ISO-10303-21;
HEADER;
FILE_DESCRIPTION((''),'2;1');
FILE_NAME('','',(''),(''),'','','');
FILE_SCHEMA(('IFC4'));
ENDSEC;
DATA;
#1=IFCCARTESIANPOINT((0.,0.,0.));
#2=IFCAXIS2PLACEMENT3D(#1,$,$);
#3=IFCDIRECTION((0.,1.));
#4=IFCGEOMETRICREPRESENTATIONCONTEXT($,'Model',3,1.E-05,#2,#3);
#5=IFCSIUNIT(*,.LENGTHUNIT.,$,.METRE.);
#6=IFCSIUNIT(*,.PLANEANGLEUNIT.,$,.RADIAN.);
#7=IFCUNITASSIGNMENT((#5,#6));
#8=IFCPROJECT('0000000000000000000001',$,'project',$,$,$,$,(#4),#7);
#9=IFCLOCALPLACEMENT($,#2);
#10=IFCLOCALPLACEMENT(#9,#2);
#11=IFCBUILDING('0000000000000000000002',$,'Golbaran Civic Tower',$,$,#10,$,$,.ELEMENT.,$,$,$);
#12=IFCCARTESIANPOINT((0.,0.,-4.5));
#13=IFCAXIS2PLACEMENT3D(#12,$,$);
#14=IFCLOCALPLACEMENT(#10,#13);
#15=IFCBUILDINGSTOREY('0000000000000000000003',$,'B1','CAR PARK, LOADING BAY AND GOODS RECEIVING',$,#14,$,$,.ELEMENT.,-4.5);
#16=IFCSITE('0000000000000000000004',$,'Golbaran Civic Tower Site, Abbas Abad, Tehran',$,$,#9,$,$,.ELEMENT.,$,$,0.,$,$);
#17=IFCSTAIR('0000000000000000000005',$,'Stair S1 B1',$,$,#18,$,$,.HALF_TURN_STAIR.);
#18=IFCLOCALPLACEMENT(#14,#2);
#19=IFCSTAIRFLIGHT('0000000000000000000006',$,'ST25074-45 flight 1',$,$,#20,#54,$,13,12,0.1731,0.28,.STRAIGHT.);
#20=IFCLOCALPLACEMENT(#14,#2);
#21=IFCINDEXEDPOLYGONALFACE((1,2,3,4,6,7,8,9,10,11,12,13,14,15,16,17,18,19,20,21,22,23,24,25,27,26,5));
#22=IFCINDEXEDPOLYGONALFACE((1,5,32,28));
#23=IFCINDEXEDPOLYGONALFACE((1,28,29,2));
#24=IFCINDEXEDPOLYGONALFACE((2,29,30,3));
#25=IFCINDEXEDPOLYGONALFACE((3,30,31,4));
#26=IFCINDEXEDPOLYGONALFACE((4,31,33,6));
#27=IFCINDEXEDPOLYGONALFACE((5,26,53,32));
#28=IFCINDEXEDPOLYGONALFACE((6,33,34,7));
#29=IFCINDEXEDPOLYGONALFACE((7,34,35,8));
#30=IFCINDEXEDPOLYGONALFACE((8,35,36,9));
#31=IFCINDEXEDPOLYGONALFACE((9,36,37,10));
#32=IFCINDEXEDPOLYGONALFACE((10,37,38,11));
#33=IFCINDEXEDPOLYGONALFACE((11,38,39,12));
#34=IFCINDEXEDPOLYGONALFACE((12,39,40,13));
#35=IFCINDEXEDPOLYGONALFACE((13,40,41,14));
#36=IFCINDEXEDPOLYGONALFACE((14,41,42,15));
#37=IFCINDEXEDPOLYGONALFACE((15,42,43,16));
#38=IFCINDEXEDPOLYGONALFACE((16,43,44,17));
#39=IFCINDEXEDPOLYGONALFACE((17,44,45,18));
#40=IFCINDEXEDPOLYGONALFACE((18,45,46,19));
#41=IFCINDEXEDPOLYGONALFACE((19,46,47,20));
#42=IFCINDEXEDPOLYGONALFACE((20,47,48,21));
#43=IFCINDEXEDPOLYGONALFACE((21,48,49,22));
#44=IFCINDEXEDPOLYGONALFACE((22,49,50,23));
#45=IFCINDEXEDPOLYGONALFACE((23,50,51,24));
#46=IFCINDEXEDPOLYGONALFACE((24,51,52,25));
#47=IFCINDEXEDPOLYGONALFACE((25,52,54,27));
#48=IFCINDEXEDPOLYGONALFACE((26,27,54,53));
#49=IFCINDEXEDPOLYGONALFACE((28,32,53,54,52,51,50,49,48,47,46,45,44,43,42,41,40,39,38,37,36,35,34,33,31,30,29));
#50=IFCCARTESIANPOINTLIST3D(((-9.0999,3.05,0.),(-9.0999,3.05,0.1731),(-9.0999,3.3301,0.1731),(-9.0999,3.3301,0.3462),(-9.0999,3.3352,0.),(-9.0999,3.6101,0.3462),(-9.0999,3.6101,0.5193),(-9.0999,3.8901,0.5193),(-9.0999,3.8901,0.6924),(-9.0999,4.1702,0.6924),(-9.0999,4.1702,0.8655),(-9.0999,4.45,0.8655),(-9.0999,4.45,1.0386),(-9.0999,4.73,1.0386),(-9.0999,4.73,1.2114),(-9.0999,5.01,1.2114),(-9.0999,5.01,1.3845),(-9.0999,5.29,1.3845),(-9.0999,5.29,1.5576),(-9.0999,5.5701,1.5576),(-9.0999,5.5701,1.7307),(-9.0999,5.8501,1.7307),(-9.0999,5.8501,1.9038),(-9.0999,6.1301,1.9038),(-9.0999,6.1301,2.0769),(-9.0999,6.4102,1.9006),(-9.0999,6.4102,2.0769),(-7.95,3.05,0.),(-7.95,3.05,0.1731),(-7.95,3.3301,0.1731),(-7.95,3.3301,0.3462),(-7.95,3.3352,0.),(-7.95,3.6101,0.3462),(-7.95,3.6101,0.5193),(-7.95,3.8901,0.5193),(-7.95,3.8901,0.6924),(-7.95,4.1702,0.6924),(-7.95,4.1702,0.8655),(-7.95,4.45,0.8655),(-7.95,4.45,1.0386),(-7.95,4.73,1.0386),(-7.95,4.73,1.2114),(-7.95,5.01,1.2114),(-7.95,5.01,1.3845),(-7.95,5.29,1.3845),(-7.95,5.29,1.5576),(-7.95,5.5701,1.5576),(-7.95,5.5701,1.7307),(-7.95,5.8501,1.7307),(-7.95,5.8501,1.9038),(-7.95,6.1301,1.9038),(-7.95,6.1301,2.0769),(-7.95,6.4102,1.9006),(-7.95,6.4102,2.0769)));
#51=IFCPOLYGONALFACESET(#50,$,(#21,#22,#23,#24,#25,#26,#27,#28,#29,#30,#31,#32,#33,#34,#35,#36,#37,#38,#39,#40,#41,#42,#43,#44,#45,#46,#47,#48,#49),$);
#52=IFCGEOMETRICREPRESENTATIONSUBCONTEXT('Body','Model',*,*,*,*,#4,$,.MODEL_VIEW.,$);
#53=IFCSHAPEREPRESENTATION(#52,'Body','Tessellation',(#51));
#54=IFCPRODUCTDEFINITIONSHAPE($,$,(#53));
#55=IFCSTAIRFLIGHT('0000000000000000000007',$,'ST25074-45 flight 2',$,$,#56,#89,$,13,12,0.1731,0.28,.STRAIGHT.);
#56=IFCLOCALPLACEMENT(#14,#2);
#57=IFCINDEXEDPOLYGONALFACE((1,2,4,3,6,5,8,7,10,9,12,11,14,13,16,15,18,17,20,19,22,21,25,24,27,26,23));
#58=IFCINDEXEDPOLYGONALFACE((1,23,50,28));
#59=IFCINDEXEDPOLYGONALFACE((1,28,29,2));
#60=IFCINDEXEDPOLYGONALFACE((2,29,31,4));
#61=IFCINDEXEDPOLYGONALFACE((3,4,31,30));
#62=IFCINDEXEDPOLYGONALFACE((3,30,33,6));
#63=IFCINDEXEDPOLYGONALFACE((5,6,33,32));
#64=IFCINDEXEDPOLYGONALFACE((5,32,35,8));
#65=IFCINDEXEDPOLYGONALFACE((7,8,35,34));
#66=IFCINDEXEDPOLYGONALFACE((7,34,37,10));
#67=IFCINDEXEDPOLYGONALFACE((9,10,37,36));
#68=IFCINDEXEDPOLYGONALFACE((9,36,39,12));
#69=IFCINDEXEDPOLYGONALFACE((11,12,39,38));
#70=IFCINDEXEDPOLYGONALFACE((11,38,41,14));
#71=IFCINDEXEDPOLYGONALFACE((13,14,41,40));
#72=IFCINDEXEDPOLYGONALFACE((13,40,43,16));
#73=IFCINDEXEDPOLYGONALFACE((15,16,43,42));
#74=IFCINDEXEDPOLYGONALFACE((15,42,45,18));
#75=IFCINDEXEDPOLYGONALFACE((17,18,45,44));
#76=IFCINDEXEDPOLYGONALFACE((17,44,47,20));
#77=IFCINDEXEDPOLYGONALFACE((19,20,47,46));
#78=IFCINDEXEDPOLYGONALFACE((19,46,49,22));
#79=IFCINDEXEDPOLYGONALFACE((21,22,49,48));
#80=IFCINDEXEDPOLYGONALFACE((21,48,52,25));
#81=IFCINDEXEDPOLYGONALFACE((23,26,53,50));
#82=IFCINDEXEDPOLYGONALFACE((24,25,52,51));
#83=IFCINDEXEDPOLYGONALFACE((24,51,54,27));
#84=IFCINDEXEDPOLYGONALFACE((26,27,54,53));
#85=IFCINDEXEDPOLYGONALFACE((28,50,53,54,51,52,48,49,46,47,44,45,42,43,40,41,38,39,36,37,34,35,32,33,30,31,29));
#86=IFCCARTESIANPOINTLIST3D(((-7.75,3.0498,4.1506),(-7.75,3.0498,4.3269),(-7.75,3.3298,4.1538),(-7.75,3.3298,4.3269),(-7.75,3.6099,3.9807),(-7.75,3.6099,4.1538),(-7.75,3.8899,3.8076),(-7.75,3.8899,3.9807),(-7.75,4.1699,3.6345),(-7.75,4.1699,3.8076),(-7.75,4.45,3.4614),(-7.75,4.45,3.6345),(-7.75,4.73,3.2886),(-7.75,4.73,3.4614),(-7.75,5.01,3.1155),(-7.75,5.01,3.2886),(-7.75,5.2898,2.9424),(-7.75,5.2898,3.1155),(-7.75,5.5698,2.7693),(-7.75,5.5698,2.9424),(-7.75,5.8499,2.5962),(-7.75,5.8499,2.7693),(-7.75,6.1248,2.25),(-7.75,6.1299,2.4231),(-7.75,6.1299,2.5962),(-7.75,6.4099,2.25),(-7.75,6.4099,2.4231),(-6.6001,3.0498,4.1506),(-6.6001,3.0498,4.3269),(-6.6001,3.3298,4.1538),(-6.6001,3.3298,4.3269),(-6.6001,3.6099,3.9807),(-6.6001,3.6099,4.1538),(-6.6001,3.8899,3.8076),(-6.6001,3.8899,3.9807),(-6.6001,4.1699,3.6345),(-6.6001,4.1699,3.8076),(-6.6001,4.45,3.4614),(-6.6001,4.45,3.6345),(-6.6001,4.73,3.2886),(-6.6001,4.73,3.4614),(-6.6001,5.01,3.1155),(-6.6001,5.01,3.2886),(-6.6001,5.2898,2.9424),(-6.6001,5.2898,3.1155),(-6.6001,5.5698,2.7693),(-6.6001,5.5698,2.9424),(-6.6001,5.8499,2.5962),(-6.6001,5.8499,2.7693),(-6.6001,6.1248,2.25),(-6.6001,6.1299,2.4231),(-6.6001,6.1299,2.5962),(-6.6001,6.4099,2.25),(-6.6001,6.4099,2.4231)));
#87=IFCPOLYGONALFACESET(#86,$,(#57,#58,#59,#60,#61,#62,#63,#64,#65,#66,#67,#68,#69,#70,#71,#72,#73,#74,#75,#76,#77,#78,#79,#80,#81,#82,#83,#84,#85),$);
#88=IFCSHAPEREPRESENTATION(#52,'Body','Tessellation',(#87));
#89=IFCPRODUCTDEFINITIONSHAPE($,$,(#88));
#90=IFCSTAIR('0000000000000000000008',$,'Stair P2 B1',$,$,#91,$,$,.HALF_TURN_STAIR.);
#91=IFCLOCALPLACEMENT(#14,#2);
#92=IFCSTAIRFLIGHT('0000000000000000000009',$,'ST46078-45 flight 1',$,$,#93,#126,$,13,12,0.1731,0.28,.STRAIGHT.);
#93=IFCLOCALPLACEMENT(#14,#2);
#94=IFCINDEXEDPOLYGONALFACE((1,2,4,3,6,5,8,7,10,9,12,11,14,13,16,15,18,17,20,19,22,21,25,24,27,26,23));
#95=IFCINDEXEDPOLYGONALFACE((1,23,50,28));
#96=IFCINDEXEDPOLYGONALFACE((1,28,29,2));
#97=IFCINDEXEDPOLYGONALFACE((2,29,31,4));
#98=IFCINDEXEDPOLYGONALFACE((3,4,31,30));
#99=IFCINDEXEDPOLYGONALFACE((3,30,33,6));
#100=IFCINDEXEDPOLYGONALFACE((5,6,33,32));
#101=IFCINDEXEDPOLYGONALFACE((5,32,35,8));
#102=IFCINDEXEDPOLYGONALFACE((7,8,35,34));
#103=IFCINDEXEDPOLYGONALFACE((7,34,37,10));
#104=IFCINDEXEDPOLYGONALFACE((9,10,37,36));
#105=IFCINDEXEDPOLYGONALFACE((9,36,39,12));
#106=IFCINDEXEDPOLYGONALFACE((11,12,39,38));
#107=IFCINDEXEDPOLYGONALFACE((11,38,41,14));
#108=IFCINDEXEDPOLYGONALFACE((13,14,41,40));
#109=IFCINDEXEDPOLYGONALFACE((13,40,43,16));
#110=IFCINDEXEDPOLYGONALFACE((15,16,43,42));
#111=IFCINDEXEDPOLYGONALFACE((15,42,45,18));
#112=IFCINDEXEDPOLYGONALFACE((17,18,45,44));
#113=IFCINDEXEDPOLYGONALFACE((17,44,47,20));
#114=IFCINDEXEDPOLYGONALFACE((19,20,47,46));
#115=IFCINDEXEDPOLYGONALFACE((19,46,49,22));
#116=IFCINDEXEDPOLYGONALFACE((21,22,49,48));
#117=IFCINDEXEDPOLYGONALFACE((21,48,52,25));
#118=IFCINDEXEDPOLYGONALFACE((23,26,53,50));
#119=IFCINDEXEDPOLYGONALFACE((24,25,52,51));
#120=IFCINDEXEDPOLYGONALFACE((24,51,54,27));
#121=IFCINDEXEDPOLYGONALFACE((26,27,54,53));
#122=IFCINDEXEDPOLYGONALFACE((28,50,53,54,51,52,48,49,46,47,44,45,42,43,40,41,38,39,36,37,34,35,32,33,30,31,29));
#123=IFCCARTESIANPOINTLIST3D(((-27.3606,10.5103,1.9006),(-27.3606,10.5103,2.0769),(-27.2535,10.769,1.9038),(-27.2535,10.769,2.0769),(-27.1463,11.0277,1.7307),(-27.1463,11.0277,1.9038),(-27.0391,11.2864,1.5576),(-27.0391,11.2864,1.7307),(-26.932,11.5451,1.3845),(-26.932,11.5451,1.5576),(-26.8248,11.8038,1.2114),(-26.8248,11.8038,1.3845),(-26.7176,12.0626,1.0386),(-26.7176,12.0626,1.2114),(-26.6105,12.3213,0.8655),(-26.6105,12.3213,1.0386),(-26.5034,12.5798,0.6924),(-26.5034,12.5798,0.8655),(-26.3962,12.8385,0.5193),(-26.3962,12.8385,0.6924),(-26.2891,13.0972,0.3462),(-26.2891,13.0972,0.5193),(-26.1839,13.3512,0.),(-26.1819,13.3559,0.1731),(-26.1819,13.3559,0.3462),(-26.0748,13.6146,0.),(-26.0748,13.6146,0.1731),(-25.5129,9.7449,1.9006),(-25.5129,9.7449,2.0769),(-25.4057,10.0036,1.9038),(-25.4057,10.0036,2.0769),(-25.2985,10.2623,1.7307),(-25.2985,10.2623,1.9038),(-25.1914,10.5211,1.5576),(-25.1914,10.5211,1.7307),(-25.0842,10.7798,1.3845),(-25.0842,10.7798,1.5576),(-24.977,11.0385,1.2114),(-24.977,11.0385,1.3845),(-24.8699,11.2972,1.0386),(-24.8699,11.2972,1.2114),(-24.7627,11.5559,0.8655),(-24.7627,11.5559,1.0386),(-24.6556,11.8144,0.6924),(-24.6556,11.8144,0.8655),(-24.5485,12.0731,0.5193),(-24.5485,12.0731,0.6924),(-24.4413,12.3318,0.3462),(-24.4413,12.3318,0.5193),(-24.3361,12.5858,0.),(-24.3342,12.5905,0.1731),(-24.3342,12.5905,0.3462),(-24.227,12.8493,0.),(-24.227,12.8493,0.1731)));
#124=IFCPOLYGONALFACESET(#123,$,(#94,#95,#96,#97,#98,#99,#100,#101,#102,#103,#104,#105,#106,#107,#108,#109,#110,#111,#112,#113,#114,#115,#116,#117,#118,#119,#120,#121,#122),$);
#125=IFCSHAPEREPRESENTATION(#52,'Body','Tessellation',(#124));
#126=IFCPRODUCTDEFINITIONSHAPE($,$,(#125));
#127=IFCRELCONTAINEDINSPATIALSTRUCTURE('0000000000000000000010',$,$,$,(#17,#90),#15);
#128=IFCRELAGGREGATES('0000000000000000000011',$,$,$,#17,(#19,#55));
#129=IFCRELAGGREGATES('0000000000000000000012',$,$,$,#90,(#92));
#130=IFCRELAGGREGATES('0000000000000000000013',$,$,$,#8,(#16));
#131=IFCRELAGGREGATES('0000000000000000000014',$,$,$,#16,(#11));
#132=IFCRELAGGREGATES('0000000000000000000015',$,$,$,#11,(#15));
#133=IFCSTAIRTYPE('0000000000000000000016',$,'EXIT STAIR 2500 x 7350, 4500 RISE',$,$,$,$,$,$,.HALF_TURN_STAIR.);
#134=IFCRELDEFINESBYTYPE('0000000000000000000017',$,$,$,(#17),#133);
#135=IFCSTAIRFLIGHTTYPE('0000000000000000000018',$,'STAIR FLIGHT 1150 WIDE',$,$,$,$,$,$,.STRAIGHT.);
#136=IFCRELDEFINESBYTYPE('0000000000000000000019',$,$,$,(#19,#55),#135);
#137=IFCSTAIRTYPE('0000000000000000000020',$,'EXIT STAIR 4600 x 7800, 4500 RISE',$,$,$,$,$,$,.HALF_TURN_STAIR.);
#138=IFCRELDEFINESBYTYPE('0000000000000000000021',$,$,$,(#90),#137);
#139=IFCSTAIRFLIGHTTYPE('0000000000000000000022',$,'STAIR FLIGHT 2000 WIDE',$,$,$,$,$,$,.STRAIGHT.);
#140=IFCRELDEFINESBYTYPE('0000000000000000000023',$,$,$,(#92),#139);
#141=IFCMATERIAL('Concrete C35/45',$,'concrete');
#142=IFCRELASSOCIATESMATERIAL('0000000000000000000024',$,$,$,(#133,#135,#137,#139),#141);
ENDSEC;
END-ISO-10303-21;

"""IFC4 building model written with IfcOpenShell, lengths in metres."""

from ifc_helpers import new_model, si_unit, direction, frame, origin, place, context, subcontext, project, spatial, polyline, outline, extrude, material, type_object, element, aggregate, save


model = new_model("IFC4")

# Units and contexts
model_context = context("Model", 3, precision=1e-05, world=origin(), true_north=direction((0.0, 1.0)))
body_context = subcontext(model_context, "Body", "Model", "MODEL_VIEW")
ifc_project = project(units=[si_unit("LENGTHUNIT", "METRE"), si_unit("PLANEANGLEUNIT", "RADIAN")], contexts=[model_context])

# Site, building, storey
site_placement = place(None, origin())
site = spatial("IfcSite", under=ifc_project, at=site_placement, Name="Golbaran Civic Tower Site, Abbas Abad, Tehran", CompositionType="ELEMENT", RefElevation=0.0)
building_placement = place(site_placement, origin())
building = spatial("IfcBuilding", under=site, at=building_placement, Name="Golbaran Civic Tower", CompositionType="ELEMENT")
storey_placement = place(building_placement, frame((0.0, 0.0, -4.5)))
storey = spatial("IfcBuildingStorey", under=building, at=storey_placement, Name="B1", Description="CAR PARK, LOADING BAY AND GOODS RECEIVING", CompositionType="ELEMENT", Elevation=-4.5)

# Stair, stair flights
ifc_material_1 = material(Name="Concrete C35/45", Category="concrete")
stair_type_1 = type_object("IfcStairType", Name="EXIT STAIR 2500 x 7350, 4500 RISE", PredefinedType="HALF_TURN_STAIR", material=ifc_material_1)
stair_1_placement = place(storey_placement, origin())
stair_1 = element("IfcStair", 1, at=stair_1_placement, inside=storey, type_object=stair_type_1, Name="Stair S1 B1", PredefinedType="HALF_TURN_STAIR")
stair_flight_type_1 = type_object("IfcStairFlightType", Name="STAIR FLIGHT 1150 WIDE", PredefinedType="STRAIGHT", material=ifc_material_1)
stair_flight_1_placement = place(storey_placement, frame((-8.5249, 3.05, 0.0), z_axis=(0.0, 0.0, 1.0), x_axis=(0.0, 1.0, 0.0)))
stair_flight_1 = element("IfcStairFlight", 2, at=stair_flight_1_placement, type_object=stair_flight_type_1, Name="ST25074-45 flight 1", NumberOfRisers=13, NumberOfTreads=12, PredefinedType="STRAIGHT", RiserHeight=0.1731, TreadLength=0.28, context=body_context, shape_type="SweptSolid", body=[
    extrude(outline(polyline([(0.0, 0.0), (0.0, 0.1731), (0.28, 0.1731), (0.28, 0.3462), (0.5601, 0.3462), (0.5601, 0.5193), (0.8401, 0.5193), (0.8401, 0.6924), (1.1201, 0.6924), (1.1201, 0.8655), (1.3999, 0.8655), (1.3999, 1.0386), (1.6799, 1.0386), (1.6799, 1.2114), (1.96, 1.2114), (1.96, 1.3845), (2.24, 1.3845), (2.24, 1.5576), (2.52, 1.5576), (2.52, 1.7307), (2.8, 1.7307), (2.8, 1.9038), (3.0801, 1.9038), (3.0801, 2.0769), (3.3601, 2.0769), (3.3601, 2.25), (3.3601, 1.9006), (0.2852, 0.0), (0.0, 0.0)])), frame((0.0, 0.575, 0.0), z_axis=(0.0, -1.0, 0.0), x_axis=(1.0, 0.0, 0.0)), (0.0, 0.0, 1.0), 1.1499),
])
stair_flight_2_placement = place(storey_placement, frame((-7.175, 6.4099, 2.25), z_axis=(0.0, 0.0, 1.0), x_axis=(0.0, -1.0, 0.0)))
stair_flight_2 = element("IfcStairFlight", 3, at=stair_flight_2_placement, type_object=stair_flight_type_1, Name="ST25074-45 flight 2", NumberOfRisers=13, NumberOfTreads=12, PredefinedType="STRAIGHT", RiserHeight=0.1731, TreadLength=0.28, context=body_context, shape_type="SweptSolid", body=[
    extrude(outline(polyline([(0.0, 0.0), (0.0, 0.1731), (0.28, 0.1731), (0.28, 0.3462), (0.5601, 0.3462), (0.5601, 0.5193), (0.8401, 0.5193), (0.8401, 0.6924), (1.1201, 0.6924), (1.1201, 0.8655), (1.3999, 0.8655), (1.3999, 1.0386), (1.6799, 1.0386), (1.6799, 1.2114), (1.96, 1.2114), (1.96, 1.3845), (2.24, 1.3845), (2.24, 1.5576), (2.52, 1.5576), (2.52, 1.7307), (2.8, 1.7307), (2.8, 1.9038), (3.0801, 1.9038), (3.0801, 2.0769), (3.3601, 2.0769), (3.3601, 2.25), (3.3601, 1.9006), (0.2852, 0.0), (0.0, 0.0)])), frame((0.0, 0.575, 0.0), z_axis=(0.0, -1.0, 0.0), x_axis=(1.0, 0.0, 0.0)), (0.0, 0.0, 1.0), 1.1499),
])
aggregate(stair_1, [stair_flight_1, stair_flight_2])

# Stair, stair flight
stair_type_2 = type_object("IfcStairType", Name="EXIT STAIR 4600 x 7800, 4500 RISE", PredefinedType="HALF_TURN_STAIR", material=ifc_material_1)
stair_2_placement = place(storey_placement, origin())
stair_2 = element("IfcStair", 4, at=stair_2_placement, inside=storey, type_object=stair_type_2, Name="Stair P2 B1", PredefinedType="HALF_TURN_STAIR")
stair_flight_type_2 = type_object("IfcStairFlightType", Name="STAIR FLIGHT 2000 WIDE", PredefinedType="STRAIGHT", material=ifc_material_1)
stair_flight_3_placement = place(storey_placement, frame((-25.1509, 13.2319, 0.0), z_axis=(0.0, 0.0, 1.0), x_axis=(-0.382683, -0.92388, 0.0)))
stair_flight_3 = element("IfcStairFlight", 5, at=stair_flight_3_placement, type_object=stair_flight_type_2, Name="ST46078-45 flight 1", NumberOfRisers=13, NumberOfTreads=12, PredefinedType="STRAIGHT", RiserHeight=0.1731, TreadLength=0.28, context=body_context, shape_type="SweptSolid", body=[
    extrude(outline(polyline([(0.0, 0.0), (0.0, 0.1731), (0.28, 0.1731), (0.28, 0.3462), (0.5601, 0.3462), (0.5601, 0.5193), (0.8401, 0.5193), (0.8401, 0.6924), (1.1201, 0.6924), (1.1201, 0.8655), (1.3999, 0.8655), (1.3999, 1.0386), (1.6799, 1.0386), (1.6799, 1.2114), (1.96, 1.2114), (1.96, 1.3845), (2.24, 1.3845), (2.24, 1.5576), (2.52, 1.5576), (2.52, 1.7307), (2.8, 1.7307), (2.8, 1.9038), (3.0801, 1.9038), (3.0801, 2.0769), (3.3601, 2.0769), (3.3601, 2.25), (3.3601, 1.9006), (0.2852, 0.0), (0.0, 0.0)])), frame((0.0, 1.0, 0.0), z_axis=(0.0, -1.0, 0.0), x_axis=(1.0, 0.0, 0.0)), (0.0, 0.0, 1.0), 2.0),
])
aggregate(stair_2, [stair_flight_3])

save(model, "model.ifc")
